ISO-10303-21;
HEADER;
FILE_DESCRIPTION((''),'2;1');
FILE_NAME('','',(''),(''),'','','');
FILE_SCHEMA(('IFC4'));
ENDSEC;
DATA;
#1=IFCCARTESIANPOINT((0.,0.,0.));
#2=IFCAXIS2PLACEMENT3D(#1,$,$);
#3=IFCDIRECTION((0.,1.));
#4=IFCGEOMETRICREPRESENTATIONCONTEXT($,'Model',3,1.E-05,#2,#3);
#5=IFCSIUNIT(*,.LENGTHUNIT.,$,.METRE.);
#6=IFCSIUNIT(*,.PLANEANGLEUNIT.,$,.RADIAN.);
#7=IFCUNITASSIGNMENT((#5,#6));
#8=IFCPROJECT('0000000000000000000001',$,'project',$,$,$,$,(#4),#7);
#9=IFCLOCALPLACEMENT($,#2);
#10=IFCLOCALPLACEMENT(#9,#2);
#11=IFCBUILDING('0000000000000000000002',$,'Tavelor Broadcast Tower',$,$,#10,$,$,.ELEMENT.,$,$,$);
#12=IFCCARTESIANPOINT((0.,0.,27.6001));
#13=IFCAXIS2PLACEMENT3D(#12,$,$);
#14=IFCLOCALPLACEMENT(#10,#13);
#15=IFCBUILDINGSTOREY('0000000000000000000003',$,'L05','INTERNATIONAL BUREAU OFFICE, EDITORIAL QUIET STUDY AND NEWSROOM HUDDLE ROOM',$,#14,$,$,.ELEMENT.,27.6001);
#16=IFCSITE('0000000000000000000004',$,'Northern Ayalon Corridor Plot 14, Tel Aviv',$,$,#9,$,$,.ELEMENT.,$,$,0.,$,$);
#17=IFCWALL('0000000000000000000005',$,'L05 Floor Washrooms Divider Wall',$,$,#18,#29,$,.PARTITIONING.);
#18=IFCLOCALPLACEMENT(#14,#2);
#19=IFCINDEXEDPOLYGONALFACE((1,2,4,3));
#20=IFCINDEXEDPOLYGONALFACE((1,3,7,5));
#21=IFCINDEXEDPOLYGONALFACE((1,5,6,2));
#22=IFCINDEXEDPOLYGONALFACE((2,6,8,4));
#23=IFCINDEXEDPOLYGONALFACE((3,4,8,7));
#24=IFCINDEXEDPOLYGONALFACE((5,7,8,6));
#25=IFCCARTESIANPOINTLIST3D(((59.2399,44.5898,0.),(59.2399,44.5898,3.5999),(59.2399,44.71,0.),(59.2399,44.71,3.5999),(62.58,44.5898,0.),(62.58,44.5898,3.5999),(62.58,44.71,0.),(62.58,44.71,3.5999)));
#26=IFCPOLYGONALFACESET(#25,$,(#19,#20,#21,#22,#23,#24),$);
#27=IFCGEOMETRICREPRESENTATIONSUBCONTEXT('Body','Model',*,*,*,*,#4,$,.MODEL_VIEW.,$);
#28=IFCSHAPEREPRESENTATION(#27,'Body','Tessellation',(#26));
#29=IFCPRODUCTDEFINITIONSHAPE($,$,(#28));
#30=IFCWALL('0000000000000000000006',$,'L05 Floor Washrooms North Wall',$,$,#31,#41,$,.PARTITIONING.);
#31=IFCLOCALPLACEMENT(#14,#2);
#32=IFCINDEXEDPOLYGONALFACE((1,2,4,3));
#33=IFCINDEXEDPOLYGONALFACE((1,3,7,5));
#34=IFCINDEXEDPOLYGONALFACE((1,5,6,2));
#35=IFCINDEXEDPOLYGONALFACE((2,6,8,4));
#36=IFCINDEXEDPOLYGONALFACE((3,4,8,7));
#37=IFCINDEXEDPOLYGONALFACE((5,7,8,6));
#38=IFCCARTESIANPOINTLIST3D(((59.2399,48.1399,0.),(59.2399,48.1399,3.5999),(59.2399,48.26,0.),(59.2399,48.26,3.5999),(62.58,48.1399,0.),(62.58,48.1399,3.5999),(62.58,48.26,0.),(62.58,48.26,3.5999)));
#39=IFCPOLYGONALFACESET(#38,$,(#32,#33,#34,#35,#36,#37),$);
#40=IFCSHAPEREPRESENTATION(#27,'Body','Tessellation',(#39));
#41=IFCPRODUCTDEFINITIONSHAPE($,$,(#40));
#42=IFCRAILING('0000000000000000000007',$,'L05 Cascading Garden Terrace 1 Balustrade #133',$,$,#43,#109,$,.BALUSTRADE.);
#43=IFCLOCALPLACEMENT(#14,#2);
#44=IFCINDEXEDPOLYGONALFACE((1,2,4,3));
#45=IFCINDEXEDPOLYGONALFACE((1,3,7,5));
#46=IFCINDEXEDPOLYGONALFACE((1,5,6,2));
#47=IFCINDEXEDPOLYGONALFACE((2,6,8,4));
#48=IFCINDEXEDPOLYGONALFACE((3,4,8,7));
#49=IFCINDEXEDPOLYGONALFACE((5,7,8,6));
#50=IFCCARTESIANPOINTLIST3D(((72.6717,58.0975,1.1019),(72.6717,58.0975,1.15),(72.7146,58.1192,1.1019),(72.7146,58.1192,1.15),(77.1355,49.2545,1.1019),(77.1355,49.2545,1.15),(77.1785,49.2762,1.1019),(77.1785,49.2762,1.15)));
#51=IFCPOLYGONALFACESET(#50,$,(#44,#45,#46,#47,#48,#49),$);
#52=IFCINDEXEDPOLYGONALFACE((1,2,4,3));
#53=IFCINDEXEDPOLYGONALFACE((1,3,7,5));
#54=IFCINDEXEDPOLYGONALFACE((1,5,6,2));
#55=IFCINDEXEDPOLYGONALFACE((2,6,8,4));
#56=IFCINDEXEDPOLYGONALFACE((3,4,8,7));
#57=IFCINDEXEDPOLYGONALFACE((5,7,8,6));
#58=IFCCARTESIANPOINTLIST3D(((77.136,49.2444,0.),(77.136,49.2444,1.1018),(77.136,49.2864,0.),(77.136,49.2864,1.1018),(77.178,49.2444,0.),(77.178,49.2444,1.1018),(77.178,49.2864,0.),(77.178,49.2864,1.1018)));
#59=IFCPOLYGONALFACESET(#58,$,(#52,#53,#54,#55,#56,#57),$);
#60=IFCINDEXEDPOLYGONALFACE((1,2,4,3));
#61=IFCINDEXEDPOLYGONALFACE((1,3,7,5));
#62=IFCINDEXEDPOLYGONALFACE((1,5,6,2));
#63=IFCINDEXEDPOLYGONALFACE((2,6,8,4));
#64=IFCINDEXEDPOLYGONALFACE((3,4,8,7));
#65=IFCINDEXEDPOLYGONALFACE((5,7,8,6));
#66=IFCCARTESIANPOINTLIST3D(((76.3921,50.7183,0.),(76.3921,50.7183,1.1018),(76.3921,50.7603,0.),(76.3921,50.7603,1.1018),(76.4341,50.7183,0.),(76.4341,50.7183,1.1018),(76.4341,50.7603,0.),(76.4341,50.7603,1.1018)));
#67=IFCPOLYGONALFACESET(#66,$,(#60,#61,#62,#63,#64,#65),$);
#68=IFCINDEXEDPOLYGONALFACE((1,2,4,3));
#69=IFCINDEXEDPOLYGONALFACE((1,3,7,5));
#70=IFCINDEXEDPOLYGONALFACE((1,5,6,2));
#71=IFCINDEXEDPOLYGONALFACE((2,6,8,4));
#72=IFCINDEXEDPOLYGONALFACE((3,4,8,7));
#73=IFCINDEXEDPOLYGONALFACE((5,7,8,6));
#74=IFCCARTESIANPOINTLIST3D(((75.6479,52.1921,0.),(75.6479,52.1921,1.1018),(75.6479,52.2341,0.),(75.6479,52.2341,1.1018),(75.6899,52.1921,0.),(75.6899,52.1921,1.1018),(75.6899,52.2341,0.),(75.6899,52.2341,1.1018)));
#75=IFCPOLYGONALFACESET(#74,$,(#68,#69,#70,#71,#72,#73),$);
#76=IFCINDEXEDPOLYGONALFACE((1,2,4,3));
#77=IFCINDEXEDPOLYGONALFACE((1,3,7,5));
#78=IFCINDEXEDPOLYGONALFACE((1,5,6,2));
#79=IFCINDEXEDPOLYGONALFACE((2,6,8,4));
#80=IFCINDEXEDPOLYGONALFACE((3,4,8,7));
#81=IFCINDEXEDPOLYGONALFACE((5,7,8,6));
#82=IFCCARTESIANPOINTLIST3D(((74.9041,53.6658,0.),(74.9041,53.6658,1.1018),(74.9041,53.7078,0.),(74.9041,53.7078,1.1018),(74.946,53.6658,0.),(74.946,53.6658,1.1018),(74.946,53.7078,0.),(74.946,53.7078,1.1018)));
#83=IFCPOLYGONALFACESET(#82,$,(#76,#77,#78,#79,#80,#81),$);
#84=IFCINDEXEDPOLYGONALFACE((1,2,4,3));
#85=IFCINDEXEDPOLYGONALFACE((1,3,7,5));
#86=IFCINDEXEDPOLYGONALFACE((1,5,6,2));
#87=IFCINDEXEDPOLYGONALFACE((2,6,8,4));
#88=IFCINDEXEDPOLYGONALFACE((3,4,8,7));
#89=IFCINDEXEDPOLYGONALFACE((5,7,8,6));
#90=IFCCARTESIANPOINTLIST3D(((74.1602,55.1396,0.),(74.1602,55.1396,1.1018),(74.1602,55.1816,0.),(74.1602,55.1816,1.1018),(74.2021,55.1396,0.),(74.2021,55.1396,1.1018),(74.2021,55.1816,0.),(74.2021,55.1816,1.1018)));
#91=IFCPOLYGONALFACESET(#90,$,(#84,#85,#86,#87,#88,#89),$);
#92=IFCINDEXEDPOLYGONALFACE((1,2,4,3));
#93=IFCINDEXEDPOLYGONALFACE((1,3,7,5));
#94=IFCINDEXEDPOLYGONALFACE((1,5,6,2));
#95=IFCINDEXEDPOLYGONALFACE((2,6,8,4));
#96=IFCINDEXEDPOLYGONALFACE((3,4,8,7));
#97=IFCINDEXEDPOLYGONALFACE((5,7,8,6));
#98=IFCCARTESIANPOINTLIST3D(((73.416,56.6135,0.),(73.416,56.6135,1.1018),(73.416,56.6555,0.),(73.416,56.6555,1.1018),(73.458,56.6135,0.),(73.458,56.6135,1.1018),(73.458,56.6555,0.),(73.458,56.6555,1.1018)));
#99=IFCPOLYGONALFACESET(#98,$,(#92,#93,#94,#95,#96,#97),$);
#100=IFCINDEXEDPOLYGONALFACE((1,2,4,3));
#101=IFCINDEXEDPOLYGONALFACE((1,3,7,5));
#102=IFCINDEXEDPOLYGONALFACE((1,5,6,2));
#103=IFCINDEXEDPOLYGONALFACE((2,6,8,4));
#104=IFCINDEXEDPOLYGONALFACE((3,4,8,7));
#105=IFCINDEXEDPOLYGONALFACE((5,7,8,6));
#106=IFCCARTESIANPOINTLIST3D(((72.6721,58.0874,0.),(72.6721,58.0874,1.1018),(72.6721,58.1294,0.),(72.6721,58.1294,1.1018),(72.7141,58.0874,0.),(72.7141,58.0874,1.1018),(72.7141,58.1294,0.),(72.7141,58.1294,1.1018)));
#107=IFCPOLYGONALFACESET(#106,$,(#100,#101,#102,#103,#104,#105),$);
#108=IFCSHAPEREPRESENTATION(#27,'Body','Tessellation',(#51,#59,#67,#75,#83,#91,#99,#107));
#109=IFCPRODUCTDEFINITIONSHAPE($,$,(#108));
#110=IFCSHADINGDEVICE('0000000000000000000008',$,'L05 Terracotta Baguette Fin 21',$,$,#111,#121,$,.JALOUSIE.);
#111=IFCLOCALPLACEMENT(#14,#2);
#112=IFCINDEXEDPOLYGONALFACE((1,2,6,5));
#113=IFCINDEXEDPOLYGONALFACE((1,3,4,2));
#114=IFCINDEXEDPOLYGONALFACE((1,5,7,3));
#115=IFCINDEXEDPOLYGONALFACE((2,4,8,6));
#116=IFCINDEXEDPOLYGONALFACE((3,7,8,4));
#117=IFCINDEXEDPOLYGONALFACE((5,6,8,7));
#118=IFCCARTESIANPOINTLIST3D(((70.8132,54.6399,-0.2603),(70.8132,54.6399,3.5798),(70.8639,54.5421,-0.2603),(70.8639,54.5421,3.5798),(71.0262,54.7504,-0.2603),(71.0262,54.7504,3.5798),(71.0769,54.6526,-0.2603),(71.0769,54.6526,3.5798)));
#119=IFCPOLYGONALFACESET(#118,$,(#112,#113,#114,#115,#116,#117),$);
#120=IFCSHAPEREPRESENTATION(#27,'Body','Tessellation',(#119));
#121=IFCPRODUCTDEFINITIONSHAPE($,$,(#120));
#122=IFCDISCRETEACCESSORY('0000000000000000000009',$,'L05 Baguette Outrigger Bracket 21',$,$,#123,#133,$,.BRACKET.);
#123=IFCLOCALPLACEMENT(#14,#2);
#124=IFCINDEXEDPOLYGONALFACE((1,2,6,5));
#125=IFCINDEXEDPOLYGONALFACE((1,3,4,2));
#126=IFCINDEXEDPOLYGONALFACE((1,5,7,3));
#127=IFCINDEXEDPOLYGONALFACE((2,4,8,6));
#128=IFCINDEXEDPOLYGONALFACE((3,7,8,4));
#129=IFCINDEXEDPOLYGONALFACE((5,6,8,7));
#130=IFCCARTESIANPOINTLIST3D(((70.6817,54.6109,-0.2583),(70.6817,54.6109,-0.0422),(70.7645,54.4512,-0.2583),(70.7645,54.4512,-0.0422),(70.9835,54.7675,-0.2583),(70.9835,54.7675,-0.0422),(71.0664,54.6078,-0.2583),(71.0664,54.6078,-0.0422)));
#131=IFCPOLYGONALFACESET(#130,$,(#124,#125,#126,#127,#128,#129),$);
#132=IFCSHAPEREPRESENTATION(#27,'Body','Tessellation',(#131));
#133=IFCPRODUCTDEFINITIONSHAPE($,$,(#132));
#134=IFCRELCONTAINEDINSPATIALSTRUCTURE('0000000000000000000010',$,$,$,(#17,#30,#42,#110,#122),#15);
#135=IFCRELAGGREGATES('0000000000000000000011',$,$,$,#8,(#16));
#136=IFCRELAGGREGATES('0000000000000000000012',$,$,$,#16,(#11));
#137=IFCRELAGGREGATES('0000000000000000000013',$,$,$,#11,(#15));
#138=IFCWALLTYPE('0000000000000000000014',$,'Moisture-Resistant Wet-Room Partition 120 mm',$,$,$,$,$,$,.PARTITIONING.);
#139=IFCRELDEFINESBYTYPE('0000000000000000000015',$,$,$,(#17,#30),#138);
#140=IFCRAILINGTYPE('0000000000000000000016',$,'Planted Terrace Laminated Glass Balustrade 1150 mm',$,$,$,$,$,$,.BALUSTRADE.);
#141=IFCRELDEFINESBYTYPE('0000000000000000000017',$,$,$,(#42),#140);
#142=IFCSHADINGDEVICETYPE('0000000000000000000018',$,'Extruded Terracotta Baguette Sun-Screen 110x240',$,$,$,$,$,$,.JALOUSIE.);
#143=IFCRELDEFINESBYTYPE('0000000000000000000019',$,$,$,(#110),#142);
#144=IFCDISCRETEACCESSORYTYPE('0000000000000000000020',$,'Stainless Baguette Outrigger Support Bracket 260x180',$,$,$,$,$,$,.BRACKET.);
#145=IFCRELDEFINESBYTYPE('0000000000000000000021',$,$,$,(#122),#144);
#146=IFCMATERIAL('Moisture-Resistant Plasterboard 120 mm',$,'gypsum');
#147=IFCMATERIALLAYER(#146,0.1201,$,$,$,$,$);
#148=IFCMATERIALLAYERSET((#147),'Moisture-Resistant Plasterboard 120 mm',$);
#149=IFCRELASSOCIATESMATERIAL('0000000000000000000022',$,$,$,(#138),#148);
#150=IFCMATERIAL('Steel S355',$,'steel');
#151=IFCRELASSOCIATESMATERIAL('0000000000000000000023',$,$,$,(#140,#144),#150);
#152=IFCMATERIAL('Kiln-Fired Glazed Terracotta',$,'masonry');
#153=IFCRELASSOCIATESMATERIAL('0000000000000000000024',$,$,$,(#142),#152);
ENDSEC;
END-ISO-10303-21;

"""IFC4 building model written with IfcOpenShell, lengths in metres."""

from ifc_helpers import new_model, si_unit, direction, frame, frame_2d, origin, origin_2d, place, context, subcontext, project, spatial, rectangle, extrude, source, transform, mapped, material, layer, layer_set, type_object, type_shapes, element, save


model = new_model("IFC4")

# Units and contexts
model_context = context("Model", 3, precision=1e-05, world=origin(), true_north=direction((0.0, 1.0)))
body_context = subcontext(model_context, "Body", "Model", "MODEL_VIEW")
ifc_project = project(units=[si_unit("LENGTHUNIT", "METRE"), si_unit("PLANEANGLEUNIT", "RADIAN")], contexts=[model_context])

# Site, building, storey
site_placement = place(None, origin())
site = spatial("IfcSite", under=ifc_project, at=site_placement, Name="Northern Ayalon Corridor Plot 14, Tel Aviv", CompositionType="ELEMENT", RefElevation=0.0)
building_placement = place(site_placement, origin())
building = spatial("IfcBuilding", under=site, at=building_placement, Name="Tavelor Broadcast Tower", CompositionType="ELEMENT")
storey_placement = place(building_placement, frame((0.0, 0.0, 27.6001)))
storey = spatial("IfcBuildingStorey", under=building, at=storey_placement, Name="L05", Description="INTERNATIONAL BUREAU OFFICE, EDITORIAL QUIET STUDY AND NEWSROOM HUDDLE ROOM", CompositionType="ELEMENT", Elevation=27.6001)

# Shared definitions
ifc_material_1 = material(Name="Steel S355", Category="steel")

# Walls
ifc_material_2 = material(Name="Moisture-Resistant Plasterboard 120 mm", Category="gypsum")
ifc_layer_1 = layer(ifc_material_2, 0.1201)
ifc_layer_set_1 = layer_set([ifc_layer_1], Name="Moisture-Resistant Plasterboard 120 mm")
wall_type_1 = type_object("IfcWallType", Name="Moisture-Resistant Wet-Room Partition 120 mm", PredefinedType="PARTITIONING", material=ifc_layer_set_1)
for number, where, z_axis, x_axis, name in (
    (1, (59.24, 44.6499, 0.0), (0.0, 0.0, 1.0), (1.0, 0.0, 0.0), "L05 Floor Washrooms Divider Wall"),
    (2, (59.24, 48.2, 0.0), (0.0, 0.0, 1.0), (1.0, 0.0, 0.0), "L05 Floor Washrooms North Wall"),
):
    element("IfcWall", number, at=place(storey_placement, frame(where, z_axis=z_axis, x_axis=x_axis)), inside=storey, type_object=wall_type_1, Name=name, PredefinedType="PARTITIONING", context=body_context, shape_type="SweptSolid", body=[
        extrude(rectangle(XDim=3.3401, YDim=0.1201, at=frame_2d((1.6699, 0.0))), origin(), (0.0, 0.0, 1.0), 3.5999),
    ])

# Railing
railing_type = type_object("IfcRailingType", Name="Planted Terrace Laminated Glass Balustrade 1150 mm", PredefinedType="BALUSTRADE", material=ifc_material_1)
railing_placement = place(storey_placement, frame((77.157, 49.2654, 0.0)))
element("IfcRailing", 3, at=railing_placement, inside=storey, type_object=railing_type, Name="L05 Cascading Garden Terrace 1 Balustrade #133", PredefinedType="BALUSTRADE", context=body_context, shape_type="SweptSolid", body=[
    extrude(rectangle(XDim=0.0481, YDim=0.0481, at=origin_2d()), frame((0.0, 0.0, 1.126), z_axis=(-0.450631, 0.89271, 0.0), x_axis=(-0.89271, -0.450631, 0.0)), (0.0, 0.0, 1.0), 9.9058),
    extrude(rectangle(XDim=0.042, YDim=0.042, at=origin_2d()), origin(), (0.0, 0.0, 1.0), 1.1018),
    extrude(rectangle(XDim=0.042, YDim=0.042, at=origin_2d()), frame((-0.7439, 1.4739, 0.0)), (0.0, 0.0, 1.0), 1.1018),
    extrude(rectangle(XDim=0.042, YDim=0.042, at=origin_2d()), frame((-1.488, 2.9478, 0.0)), (0.0, 0.0, 1.0), 1.1018),
    extrude(rectangle(XDim=0.042, YDim=0.042, at=origin_2d()), frame((-2.2319, 4.4214, 0.0)), (0.0, 0.0, 1.0), 1.1018),
    extrude(rectangle(XDim=0.042, YDim=0.042, at=origin_2d()), frame((-2.9758, 5.8953, 0.0)), (0.0, 0.0, 1.0), 1.1018),
    extrude(rectangle(XDim=0.042, YDim=0.042, at=origin_2d()), frame((-3.72, 7.3691, 0.0)), (0.0, 0.0, 1.0), 1.1018),
    extrude(rectangle(XDim=0.042, YDim=0.042, at=origin_2d()), frame((-4.4639, 8.843, 0.0)), (0.0, 0.0, 1.0), 1.1018),
])

# Shading device
ifc_material_3 = material(Name="Kiln-Fired Glazed Terracotta", Category="masonry")
shading_device_type = type_object("IfcShadingDeviceType", Name="Extruded Terracotta Baguette Sun-Screen 110x240", PredefinedType="JALOUSIE", material=ifc_material_3)
shared_shape_1 = source(origin(), body_context, "Body", "SweptSolid", [
    extrude(rectangle(XDim=0.1101, YDim=0.24, at=origin_2d()), origin(), (0.0, 0.0, 1.0), 3.8401),
])
type_shapes(shading_device_type, [shared_shape_1])
shading_device_placement = place(storey_placement, frame((70.9451, 54.6462, -0.2603), z_axis=(0.0, 0.0, 1.0), x_axis=(-0.46051, 0.887655, 0.0)))
element("IfcShadingDevice", 4, at=shading_device_placement, inside=storey, type_object=shading_device_type, Name="L05 Terracotta Baguette Fin 21", PredefinedType="JALOUSIE", context=body_context, shape_type="MappedRepresentation", body=[
    mapped(shared_shape_1, transform((0.0, 0.0, 0.0), scale=1.0)),
])

# Discrete accessory
discrete_accessory_type = type_object("IfcDiscreteAccessoryType", Name="Stainless Baguette Outrigger Support Bracket 260x180", PredefinedType="BRACKET", material=ifc_material_1)
shared_shape_2 = source(origin(), body_context, "Body", "SweptSolid", [
    extrude(rectangle(XDim=0.1799, YDim=0.3401, at=origin_2d()), origin(), (0.0, 0.0, 1.0), 0.2161),
])
type_shapes(discrete_accessory_type, [shared_shape_2])
discrete_accessory_placement = place(storey_placement, frame((70.874, 54.6094, -0.2583), z_axis=(0.0, 0.0, 1.0), x_axis=(-0.46051, 0.887655, 0.0)))
element("IfcDiscreteAccessory", 5, at=discrete_accessory_placement, inside=storey, type_object=discrete_accessory_type, Name="L05 Baguette Outrigger Bracket 21", PredefinedType="BRACKET", context=body_context, shape_type="MappedRepresentation", body=[
    mapped(shared_shape_2, transform((0.0, 0.0, 0.0), scale=1.0)),
])

save(model, "model.ifc")
